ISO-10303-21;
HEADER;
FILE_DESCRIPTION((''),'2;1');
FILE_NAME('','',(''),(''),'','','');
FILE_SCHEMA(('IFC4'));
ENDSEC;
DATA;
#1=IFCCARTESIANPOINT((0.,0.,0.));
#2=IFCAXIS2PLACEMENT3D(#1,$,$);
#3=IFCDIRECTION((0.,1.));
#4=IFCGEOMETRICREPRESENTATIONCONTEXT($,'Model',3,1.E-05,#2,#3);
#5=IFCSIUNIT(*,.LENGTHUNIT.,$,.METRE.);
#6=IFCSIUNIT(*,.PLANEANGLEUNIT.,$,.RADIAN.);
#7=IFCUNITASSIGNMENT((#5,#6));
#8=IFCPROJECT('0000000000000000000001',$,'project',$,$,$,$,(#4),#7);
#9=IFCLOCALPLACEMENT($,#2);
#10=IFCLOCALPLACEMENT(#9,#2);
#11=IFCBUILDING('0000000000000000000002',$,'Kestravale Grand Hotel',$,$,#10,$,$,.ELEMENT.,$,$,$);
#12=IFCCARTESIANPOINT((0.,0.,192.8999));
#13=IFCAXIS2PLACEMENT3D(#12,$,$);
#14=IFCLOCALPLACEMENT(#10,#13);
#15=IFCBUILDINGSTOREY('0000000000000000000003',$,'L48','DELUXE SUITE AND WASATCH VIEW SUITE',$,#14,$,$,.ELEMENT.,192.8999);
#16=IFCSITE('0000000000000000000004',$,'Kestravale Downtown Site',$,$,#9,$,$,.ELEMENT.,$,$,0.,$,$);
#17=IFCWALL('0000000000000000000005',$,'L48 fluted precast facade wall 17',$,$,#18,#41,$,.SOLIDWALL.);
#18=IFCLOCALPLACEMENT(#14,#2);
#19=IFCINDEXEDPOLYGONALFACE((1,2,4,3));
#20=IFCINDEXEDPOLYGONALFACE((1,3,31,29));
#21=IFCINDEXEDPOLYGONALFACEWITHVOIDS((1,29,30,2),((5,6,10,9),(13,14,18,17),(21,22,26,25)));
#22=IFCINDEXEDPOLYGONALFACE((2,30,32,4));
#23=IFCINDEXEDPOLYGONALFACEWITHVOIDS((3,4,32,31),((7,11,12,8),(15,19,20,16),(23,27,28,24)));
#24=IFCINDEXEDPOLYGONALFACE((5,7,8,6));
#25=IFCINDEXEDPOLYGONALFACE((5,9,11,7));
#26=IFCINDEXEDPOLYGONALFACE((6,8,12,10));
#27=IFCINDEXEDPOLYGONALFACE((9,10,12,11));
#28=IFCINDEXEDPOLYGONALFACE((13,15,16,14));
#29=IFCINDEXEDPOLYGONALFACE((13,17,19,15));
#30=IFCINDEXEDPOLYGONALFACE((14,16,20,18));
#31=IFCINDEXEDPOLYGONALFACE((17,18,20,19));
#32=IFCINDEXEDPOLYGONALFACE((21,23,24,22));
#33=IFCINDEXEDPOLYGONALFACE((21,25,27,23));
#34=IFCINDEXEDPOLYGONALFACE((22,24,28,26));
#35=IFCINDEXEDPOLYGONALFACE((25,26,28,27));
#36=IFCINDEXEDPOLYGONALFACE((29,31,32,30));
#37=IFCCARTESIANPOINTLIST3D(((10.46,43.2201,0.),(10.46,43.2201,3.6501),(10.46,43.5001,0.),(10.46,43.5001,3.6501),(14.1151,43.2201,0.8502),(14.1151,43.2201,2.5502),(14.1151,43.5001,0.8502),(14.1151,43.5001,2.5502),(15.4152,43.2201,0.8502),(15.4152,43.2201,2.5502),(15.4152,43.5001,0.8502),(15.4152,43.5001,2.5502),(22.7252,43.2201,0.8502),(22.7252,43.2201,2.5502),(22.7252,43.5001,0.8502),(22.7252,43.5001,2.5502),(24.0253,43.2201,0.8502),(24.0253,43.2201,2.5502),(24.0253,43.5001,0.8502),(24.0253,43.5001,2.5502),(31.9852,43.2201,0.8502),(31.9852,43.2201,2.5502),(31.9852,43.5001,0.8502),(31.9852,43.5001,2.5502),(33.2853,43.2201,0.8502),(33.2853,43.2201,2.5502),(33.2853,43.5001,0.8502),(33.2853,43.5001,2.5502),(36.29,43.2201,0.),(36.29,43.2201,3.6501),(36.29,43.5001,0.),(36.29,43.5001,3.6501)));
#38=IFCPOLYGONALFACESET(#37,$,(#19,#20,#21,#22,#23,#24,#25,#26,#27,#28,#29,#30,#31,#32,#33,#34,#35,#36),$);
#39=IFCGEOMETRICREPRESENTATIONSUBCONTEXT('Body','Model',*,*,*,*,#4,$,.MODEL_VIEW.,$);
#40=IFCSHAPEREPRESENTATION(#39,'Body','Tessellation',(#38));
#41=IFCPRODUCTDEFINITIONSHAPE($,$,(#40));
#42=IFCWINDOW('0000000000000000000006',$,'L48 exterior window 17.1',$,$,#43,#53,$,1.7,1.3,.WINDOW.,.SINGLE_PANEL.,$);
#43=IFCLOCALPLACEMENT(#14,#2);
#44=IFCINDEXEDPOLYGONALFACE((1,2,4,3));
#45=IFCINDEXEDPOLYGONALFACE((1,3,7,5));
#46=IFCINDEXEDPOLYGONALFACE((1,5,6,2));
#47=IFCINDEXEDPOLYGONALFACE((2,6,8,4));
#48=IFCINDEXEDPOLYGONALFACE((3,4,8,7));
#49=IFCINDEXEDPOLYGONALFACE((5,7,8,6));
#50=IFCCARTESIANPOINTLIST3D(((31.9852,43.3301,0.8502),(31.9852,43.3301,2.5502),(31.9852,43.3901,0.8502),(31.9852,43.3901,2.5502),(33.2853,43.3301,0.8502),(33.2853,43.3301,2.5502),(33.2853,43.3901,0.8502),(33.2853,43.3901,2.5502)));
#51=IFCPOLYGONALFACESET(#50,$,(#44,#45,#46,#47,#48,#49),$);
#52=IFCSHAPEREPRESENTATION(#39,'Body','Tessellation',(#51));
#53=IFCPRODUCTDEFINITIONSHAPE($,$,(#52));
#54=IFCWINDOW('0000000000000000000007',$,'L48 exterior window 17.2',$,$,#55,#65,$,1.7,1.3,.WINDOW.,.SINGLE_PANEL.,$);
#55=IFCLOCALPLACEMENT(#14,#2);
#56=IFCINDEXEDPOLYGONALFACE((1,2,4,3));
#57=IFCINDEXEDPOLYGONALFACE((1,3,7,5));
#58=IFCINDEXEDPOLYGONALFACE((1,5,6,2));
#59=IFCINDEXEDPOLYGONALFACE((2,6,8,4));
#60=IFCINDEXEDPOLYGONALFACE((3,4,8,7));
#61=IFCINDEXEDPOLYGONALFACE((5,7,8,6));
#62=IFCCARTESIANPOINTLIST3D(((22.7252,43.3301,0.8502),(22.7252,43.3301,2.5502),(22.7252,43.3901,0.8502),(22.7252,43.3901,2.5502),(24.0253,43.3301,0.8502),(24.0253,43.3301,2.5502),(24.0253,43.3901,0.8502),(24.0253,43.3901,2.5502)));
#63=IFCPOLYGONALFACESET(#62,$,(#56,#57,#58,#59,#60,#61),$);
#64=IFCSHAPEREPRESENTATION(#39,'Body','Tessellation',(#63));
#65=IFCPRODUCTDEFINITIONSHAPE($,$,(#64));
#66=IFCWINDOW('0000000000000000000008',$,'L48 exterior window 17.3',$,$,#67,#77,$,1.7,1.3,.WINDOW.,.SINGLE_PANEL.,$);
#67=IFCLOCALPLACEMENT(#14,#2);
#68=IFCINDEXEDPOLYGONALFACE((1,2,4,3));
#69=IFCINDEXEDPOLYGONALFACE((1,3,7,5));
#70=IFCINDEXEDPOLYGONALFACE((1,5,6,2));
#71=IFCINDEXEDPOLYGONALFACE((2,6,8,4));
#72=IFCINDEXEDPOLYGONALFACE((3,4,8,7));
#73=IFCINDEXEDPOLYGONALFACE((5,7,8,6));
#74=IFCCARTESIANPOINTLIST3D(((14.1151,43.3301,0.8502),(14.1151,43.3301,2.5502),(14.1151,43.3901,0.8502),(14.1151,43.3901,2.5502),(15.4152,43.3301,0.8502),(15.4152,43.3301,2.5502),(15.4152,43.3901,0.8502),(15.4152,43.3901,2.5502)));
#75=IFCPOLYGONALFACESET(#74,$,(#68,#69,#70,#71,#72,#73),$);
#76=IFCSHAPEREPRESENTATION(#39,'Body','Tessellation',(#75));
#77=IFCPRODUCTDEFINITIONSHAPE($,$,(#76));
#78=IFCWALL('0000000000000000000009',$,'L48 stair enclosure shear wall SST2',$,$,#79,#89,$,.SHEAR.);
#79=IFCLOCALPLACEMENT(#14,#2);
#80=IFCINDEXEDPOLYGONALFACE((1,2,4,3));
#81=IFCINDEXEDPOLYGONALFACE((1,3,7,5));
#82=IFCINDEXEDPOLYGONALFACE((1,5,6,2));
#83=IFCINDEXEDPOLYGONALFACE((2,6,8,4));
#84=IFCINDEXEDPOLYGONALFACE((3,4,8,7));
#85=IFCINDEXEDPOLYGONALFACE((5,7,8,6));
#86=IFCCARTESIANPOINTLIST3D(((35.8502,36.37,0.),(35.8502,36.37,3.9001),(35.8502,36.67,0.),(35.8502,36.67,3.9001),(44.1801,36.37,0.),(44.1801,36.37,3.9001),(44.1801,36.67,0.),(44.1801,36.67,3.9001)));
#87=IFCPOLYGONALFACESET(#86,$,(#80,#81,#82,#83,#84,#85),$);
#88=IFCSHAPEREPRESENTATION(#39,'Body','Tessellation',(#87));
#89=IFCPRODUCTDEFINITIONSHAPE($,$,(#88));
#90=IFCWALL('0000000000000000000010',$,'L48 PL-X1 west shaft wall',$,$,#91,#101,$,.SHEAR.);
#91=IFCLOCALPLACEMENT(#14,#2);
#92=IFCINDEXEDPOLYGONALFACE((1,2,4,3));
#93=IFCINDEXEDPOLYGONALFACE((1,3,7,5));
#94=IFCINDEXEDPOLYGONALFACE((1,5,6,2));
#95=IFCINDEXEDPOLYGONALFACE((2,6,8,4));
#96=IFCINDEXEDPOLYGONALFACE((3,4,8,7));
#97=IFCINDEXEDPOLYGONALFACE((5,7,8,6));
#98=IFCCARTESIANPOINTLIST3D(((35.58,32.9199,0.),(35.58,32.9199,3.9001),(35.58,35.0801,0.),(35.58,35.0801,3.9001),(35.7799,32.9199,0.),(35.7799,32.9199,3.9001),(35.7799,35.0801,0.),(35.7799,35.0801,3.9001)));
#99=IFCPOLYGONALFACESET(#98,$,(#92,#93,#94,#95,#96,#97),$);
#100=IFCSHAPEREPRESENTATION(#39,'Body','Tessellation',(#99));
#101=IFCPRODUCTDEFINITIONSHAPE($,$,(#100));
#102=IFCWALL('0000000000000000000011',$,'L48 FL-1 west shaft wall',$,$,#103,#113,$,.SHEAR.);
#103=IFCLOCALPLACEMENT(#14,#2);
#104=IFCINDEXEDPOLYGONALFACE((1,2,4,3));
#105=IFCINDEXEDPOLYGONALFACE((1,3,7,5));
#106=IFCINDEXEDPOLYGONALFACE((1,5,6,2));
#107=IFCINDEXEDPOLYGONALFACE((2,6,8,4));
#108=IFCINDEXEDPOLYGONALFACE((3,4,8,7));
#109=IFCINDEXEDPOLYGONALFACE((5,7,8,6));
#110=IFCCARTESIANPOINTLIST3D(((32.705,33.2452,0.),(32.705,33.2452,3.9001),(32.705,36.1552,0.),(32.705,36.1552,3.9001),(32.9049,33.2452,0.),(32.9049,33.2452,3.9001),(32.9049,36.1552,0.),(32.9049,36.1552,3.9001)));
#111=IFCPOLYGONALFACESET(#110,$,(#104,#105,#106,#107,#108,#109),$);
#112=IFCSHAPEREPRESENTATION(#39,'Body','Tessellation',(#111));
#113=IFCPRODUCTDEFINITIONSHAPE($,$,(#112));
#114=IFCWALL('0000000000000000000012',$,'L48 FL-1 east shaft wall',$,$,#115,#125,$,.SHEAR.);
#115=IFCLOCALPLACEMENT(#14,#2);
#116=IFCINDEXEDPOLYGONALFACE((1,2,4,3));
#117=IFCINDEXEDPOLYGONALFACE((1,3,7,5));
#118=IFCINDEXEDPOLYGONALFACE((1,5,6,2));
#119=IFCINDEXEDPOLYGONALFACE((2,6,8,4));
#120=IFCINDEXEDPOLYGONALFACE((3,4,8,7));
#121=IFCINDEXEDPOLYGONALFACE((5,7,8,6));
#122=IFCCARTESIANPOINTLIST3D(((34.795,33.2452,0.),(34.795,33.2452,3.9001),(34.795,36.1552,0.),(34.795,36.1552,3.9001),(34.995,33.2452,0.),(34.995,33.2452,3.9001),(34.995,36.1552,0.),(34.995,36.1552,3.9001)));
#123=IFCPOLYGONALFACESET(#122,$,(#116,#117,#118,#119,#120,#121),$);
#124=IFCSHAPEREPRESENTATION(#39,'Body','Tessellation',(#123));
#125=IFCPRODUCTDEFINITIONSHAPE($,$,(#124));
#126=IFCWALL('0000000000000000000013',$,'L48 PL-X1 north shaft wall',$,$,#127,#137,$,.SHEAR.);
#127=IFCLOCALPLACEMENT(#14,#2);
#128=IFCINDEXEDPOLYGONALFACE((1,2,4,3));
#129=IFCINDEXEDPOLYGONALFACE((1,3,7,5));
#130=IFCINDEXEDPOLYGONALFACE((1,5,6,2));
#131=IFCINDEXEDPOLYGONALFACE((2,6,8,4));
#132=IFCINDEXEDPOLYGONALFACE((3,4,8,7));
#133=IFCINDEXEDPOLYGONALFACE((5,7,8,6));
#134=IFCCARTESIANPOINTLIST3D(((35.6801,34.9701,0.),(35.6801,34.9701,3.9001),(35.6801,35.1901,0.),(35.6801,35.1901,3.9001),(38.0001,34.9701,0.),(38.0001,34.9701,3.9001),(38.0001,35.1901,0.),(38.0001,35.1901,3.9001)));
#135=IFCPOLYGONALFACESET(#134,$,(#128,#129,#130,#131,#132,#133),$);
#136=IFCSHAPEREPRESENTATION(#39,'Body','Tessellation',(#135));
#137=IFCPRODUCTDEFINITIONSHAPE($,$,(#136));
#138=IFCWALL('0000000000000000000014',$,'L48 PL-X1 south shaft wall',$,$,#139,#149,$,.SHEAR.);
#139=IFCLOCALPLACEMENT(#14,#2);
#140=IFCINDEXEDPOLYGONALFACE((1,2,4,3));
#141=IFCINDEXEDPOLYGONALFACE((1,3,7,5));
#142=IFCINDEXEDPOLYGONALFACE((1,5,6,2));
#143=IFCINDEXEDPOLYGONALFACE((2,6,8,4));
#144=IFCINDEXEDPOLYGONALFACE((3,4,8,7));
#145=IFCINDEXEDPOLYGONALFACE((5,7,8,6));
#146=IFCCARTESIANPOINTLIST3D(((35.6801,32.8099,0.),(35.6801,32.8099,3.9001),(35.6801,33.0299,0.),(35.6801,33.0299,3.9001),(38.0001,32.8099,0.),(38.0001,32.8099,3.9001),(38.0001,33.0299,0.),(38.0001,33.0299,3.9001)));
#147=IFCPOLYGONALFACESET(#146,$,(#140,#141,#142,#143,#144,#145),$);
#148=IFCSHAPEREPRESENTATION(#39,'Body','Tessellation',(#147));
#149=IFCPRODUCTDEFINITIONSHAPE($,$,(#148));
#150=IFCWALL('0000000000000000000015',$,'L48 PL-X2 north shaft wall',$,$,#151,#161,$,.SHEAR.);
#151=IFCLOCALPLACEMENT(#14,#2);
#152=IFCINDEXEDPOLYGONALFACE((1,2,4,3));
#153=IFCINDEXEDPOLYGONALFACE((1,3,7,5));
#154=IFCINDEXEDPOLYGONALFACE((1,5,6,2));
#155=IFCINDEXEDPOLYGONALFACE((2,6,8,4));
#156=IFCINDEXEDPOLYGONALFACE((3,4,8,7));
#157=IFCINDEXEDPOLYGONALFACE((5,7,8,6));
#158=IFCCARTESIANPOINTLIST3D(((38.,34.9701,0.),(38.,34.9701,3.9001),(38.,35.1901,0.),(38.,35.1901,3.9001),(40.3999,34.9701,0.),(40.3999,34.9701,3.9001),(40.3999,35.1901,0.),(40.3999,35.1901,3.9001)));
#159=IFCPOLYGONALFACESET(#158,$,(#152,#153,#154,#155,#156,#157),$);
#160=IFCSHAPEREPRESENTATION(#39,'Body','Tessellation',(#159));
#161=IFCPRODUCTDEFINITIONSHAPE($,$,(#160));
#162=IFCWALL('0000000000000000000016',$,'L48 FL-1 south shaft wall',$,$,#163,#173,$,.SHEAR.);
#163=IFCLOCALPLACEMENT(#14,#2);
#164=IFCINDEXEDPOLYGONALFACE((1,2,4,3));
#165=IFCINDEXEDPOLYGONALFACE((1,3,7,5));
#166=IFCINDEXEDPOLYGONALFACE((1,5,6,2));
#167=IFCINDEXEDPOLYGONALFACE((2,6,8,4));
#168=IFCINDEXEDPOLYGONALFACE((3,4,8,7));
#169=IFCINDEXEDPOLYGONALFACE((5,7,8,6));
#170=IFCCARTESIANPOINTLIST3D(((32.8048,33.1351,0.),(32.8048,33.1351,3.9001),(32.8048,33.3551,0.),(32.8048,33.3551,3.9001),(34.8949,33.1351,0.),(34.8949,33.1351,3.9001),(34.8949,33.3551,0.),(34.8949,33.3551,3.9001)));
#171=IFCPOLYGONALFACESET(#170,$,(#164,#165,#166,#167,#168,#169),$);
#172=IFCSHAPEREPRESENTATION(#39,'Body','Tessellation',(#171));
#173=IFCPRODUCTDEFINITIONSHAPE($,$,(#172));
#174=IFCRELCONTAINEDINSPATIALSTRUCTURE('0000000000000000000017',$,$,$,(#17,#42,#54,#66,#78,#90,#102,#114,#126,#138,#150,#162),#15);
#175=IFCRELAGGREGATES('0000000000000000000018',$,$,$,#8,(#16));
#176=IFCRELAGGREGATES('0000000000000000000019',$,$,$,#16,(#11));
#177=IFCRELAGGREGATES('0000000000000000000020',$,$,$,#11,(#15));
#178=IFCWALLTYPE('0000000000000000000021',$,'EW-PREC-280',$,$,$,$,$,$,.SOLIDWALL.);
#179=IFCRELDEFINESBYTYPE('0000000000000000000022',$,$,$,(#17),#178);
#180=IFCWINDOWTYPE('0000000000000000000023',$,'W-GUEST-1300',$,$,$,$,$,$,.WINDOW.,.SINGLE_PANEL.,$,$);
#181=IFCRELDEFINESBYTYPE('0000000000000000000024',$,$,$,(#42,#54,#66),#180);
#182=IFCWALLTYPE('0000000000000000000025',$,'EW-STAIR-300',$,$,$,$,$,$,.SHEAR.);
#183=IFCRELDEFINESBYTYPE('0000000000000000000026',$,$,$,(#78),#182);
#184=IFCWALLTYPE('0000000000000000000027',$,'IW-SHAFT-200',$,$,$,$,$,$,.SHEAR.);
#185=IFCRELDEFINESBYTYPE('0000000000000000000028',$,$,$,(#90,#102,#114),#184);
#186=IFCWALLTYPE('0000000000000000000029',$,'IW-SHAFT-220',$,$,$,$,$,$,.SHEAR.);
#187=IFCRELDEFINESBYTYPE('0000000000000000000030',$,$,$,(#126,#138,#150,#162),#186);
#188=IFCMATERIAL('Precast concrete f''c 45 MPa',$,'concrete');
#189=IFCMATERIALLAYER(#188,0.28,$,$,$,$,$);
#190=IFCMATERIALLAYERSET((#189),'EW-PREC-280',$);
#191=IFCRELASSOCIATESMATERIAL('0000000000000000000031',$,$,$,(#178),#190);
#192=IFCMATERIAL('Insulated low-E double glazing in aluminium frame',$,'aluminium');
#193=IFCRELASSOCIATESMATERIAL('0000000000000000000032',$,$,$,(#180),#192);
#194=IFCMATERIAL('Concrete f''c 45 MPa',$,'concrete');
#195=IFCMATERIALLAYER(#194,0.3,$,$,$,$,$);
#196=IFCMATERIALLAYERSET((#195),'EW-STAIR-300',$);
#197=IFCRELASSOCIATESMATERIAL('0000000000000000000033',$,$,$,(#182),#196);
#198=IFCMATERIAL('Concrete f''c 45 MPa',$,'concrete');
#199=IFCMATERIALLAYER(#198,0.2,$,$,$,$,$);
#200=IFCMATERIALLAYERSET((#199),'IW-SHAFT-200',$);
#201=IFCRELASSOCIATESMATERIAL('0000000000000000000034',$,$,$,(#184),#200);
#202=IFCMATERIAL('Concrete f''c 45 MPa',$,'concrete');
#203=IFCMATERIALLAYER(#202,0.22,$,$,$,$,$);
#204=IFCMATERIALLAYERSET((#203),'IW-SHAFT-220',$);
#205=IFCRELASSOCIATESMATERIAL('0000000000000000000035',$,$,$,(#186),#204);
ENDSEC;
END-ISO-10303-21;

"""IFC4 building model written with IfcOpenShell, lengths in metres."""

from ifc_helpers import new_model, si_unit, direction, frame, frame_2d, origin, place, context, subcontext, project, spatial, rectangle, extrude, material, layer, layer_set, type_object, element, fill, save


model = new_model("IFC4")

# Units and contexts
model_context = context("Model", 3, precision=1e-05, world=origin(), true_north=direction((0.0, 1.0)))
body_context = subcontext(model_context, "Body", "Model", "MODEL_VIEW")
ifc_project = project(units=[si_unit("LENGTHUNIT", "METRE"), si_unit("PLANEANGLEUNIT", "RADIAN")], contexts=[model_context])

# Site, building, storey
site_placement = place(None, origin())
site = spatial("IfcSite", under=ifc_project, at=site_placement, Name="Kestravale Downtown Site", CompositionType="ELEMENT", RefElevation=0.0)
building_placement = place(site_placement, origin())
building = spatial("IfcBuilding", under=site, at=building_placement, Name="Kestravale Grand Hotel", CompositionType="ELEMENT")
storey_placement = place(building_placement, frame((0.0, 0.0, 192.8999)))
storey = spatial("IfcBuildingStorey", under=building, at=storey_placement, Name="L48", Description="DELUXE SUITE AND WASATCH VIEW SUITE", CompositionType="ELEMENT", Elevation=192.8999)

# Shared definitions
ifc_material_1 = material(Name="Precast concrete f'c 45 MPa", Category="concrete")
ifc_layer_1 = layer(ifc_material_1, 0.28)
ifc_layer_set_1 = layer_set([ifc_layer_1], Name="EW-PREC-280")
wall_type_1 = type_object("IfcWallType", Name="EW-PREC-280", PredefinedType="SOLIDWALL", material=ifc_layer_set_1)

# Wall, openings, windows
wall_1_placement = place(storey_placement, frame((36.29, 43.3601, 0.0), z_axis=(0.0, 0.0, 1.0), x_axis=(-1.0, 0.0, 0.0)))
wall_1 = element("IfcWall", 1, at=wall_1_placement, inside=storey, type_object=wall_type_1, Name="L48 fluted precast facade wall 17", PredefinedType="SOLIDWALL", context=body_context, shape_type="SweptSolid", body=[
    extrude(rectangle(XDim=25.8301, YDim=0.28, at=frame_2d((12.915, 0.0))), origin(), (0.0, 0.0, 1.0), 3.6501),
])
opening_1_placement = place(wall_1_placement, frame((3.0049, 0.0, 0.8501)))
opening_1 = element("IfcOpeningElement", 2, at=opening_1_placement, cuts=wall_1, PredefinedType="OPENING", context=body_context, shape_type="SweptSolid", body=[
    extrude(rectangle(XDim=1.3, YDim=1.7, at=frame_2d((0.6499, 0.8501))), frame((0.0, 0.1499, 0.0), z_axis=(0.0, -1.0, 0.0), x_axis=(1.0, 0.0, 0.0)), (0.0, 0.0, 1.0), 0.3),
])
opening_2_placement = place(wall_1_placement, frame((12.2649, 0.0, 0.8501)))
opening_2 = element("IfcOpeningElement", 3, at=opening_2_placement, cuts=wall_1, PredefinedType="OPENING", context=body_context, shape_type="SweptSolid", body=[
    extrude(rectangle(XDim=1.3, YDim=1.7, at=frame_2d((0.6499, 0.8501))), frame((0.0, 0.1499, 0.0), z_axis=(0.0, -1.0, 0.0), x_axis=(1.0, 0.0, 0.0)), (0.0, 0.0, 1.0), 0.3),
])
opening_3_placement = place(wall_1_placement, frame((20.875, 0.0, 0.8501)))
opening_3 = element("IfcOpeningElement", 4, at=opening_3_placement, cuts=wall_1, PredefinedType="OPENING", context=body_context, shape_type="SweptSolid", body=[
    extrude(rectangle(XDim=1.3, YDim=1.7, at=frame_2d((0.6499, 0.8501))), frame((0.0, 0.1499, 0.0), z_axis=(0.0, -1.0, 0.0), x_axis=(1.0, 0.0, 0.0)), (0.0, 0.0, 1.0), 0.3),
])
ifc_material_2 = material(Name="Insulated low-E double glazing in aluminium frame", Category="aluminium")
window_type = type_object("IfcWindowType", Name="W-GUEST-1300", PartitioningType="SINGLE_PANEL", PredefinedType="WINDOW", material=ifc_material_2)
window_1_placement = place(opening_1_placement, origin())
window_1 = element("IfcWindow", 5, at=window_1_placement, inside=storey, type_object=window_type, Name="L48 exterior window 17.1", OverallHeight=1.7, OverallWidth=1.3, PartitioningType="SINGLE_PANEL", PredefinedType="WINDOW", context=body_context, shape_type="SweptSolid", body=[
    extrude(rectangle(XDim=1.3, YDim=1.7, at=frame_2d((0.6499, 0.8501))), frame((0.0, 0.03, 0.0), z_axis=(0.0, -1.0, 0.0), x_axis=(1.0, 0.0, 0.0)), (0.0, 0.0, 1.0), 0.0601),
])
fill(opening_1, window_1)
window_2_placement = place(opening_2_placement, origin())
window_2 = element("IfcWindow", 6, at=window_2_placement, inside=storey, type_object=window_type, Name="L48 exterior window 17.2", OverallHeight=1.7, OverallWidth=1.3, PartitioningType="SINGLE_PANEL", PredefinedType="WINDOW", context=body_context, shape_type="SweptSolid", body=[
    extrude(rectangle(XDim=1.3, YDim=1.7, at=frame_2d((0.6499, 0.8501))), frame((0.0, 0.03, 0.0), z_axis=(0.0, -1.0, 0.0), x_axis=(1.0, 0.0, 0.0)), (0.0, 0.0, 1.0), 0.0601),
])
fill(opening_2, window_2)
window_3_placement = place(opening_3_placement, origin())
window_3 = element("IfcWindow", 7, at=window_3_placement, inside=storey, type_object=window_type, Name="L48 exterior window 17.3", OverallHeight=1.7, OverallWidth=1.3, PartitioningType="SINGLE_PANEL", PredefinedType="WINDOW", context=body_context, shape_type="SweptSolid", body=[
    extrude(rectangle(XDim=1.3, YDim=1.7, at=frame_2d((0.6499, 0.8501))), frame((0.0, 0.03, 0.0), z_axis=(0.0, -1.0, 0.0), x_axis=(1.0, 0.0, 0.0)), (0.0, 0.0, 1.0), 0.0601),
])
fill(opening_3, window_3)

# Walls
ifc_material_3 = material(Name="Concrete f'c 45 MPa", Category="concrete")
ifc_layer_2 = layer(ifc_material_3, 0.3)
ifc_layer_set_2 = layer_set([ifc_layer_2], Name="EW-STAIR-300")
wall_type_2 = type_object("IfcWallType", Name="EW-STAIR-300", PredefinedType="SHEAR", material=ifc_layer_set_2)
wall_2_placement = place(storey_placement, frame((35.8501, 36.52, 0.0), z_axis=(0.0, 0.0, 1.0), x_axis=(1.0, 0.0, 0.0)))
element("IfcWall", 8, at=wall_2_placement, inside=storey, type_object=wall_type_2, Name="L48 stair enclosure shear wall SST2", PredefinedType="SHEAR", context=body_context, shape_type="SweptSolid", body=[
    extrude(rectangle(XDim=8.3298, YDim=0.3, at=frame_2d((4.165, 0.0))), origin(), (0.0, 0.0, 1.0), 3.9001),
])
ifc_material_4 = material(Name="Concrete f'c 45 MPa", Category="concrete")
ifc_layer_3 = layer(ifc_material_4, 0.2)
ifc_layer_set_3 = layer_set([ifc_layer_3], Name="IW-SHAFT-200")
wall_type_3 = type_object("IfcWallType", Name="IW-SHAFT-200", PredefinedType="SHEAR", material=ifc_layer_set_3)
wall_3_placement = place(storey_placement, frame((35.6799, 32.9199, 0.0), z_axis=(0.0, 0.0, 1.0), x_axis=(0.0, 1.0, 0.0)))
element("IfcWall", 9, at=wall_3_placement, inside=storey, type_object=wall_type_3, Name="L48 PL-X1 west shaft wall", PredefinedType="SHEAR", context=body_context, shape_type="SweptSolid", body=[
    extrude(rectangle(XDim=2.1602, YDim=0.2, at=frame_2d((1.0801, 0.0))), origin(), (0.0, 0.0, 1.0), 3.9001),
])
for number, where, z_axis, x_axis, name in (
    (10, (32.8049, 33.2451, 0.0), (0.0, 0.0, 1.0), (0.0, 1.0, 0.0), "L48 FL-1 west shaft wall"),
    (11, (34.895, 33.2451, 0.0), (0.0, 0.0, 1.0), (0.0, 1.0, 0.0), "L48 FL-1 east shaft wall"),
):
    element("IfcWall", number, at=place(storey_placement, frame(where, z_axis=z_axis, x_axis=x_axis)), inside=storey, type_object=wall_type_3, Name=name, PredefinedType="SHEAR", context=body_context, shape_type="SweptSolid", body=[
        extrude(rectangle(XDim=2.9099, YDim=0.2, at=frame_2d((1.4551, 0.0))), origin(), (0.0, 0.0, 1.0), 3.9001),
    ])
ifc_material_5 = material(Name="Concrete f'c 45 MPa", Category="concrete")
ifc_layer_4 = layer(ifc_material_5, 0.22)
ifc_layer_set_4 = layer_set([ifc_layer_4], Name="IW-SHAFT-220")
wall_type_4 = type_object("IfcWallType", Name="IW-SHAFT-220", PredefinedType="SHEAR", material=ifc_layer_set_4)
for number, where, z_axis, x_axis, name in (
    (12, (35.6799, 35.0801, 0.0), (0.0, 0.0, 1.0), (1.0, 0.0, 0.0), "L48 PL-X1 north shaft wall"),
    (13, (35.6799, 32.9199, 0.0), (0.0, 0.0, 1.0), (1.0, 0.0, 0.0), "L48 PL-X1 south shaft wall"),
):
    element("IfcWall", number, at=place(storey_placement, frame(where, z_axis=z_axis, x_axis=x_axis)), inside=storey, type_object=wall_type_4, Name=name, PredefinedType="SHEAR", context=body_context, shape_type="SweptSolid", body=[
        extrude(rectangle(XDim=2.3201, YDim=0.22, at=frame_2d((1.1602, 0.0))), origin(), (0.0, 0.0, 1.0), 3.9001),
    ])
wall_4_placement = place(storey_placement, frame((38.0, 35.0801, 0.0), z_axis=(0.0, 0.0, 1.0), x_axis=(1.0, 0.0, 0.0)))
element("IfcWall", 14, at=wall_4_placement, inside=storey, type_object=wall_type_4, Name="L48 PL-X2 north shaft wall", PredefinedType="SHEAR", context=body_context, shape_type="SweptSolid", body=[
    extrude(rectangle(XDim=2.3999, YDim=0.22, at=frame_2d((1.2, 0.0))), origin(), (0.0, 0.0, 1.0), 3.9001),
])

# Wall
wall_5_placement = place(storey_placement, frame((32.8049, 33.2451, 0.0), z_axis=(0.0, 0.0, 1.0), x_axis=(1.0, 0.0, 0.0)))
element("IfcWall", 15, at=wall_5_placement, inside=storey, type_object=wall_type_4, Name="L48 FL-1 south shaft wall", PredefinedType="SHEAR", context=body_context, shape_type="SweptSolid", body=[
    extrude(rectangle(XDim=2.0901, YDim=0.22, at=frame_2d((1.0449, 0.0))), origin(), (0.0, 0.0, 1.0), 3.9001),
])

save(model, "model.ifc")
